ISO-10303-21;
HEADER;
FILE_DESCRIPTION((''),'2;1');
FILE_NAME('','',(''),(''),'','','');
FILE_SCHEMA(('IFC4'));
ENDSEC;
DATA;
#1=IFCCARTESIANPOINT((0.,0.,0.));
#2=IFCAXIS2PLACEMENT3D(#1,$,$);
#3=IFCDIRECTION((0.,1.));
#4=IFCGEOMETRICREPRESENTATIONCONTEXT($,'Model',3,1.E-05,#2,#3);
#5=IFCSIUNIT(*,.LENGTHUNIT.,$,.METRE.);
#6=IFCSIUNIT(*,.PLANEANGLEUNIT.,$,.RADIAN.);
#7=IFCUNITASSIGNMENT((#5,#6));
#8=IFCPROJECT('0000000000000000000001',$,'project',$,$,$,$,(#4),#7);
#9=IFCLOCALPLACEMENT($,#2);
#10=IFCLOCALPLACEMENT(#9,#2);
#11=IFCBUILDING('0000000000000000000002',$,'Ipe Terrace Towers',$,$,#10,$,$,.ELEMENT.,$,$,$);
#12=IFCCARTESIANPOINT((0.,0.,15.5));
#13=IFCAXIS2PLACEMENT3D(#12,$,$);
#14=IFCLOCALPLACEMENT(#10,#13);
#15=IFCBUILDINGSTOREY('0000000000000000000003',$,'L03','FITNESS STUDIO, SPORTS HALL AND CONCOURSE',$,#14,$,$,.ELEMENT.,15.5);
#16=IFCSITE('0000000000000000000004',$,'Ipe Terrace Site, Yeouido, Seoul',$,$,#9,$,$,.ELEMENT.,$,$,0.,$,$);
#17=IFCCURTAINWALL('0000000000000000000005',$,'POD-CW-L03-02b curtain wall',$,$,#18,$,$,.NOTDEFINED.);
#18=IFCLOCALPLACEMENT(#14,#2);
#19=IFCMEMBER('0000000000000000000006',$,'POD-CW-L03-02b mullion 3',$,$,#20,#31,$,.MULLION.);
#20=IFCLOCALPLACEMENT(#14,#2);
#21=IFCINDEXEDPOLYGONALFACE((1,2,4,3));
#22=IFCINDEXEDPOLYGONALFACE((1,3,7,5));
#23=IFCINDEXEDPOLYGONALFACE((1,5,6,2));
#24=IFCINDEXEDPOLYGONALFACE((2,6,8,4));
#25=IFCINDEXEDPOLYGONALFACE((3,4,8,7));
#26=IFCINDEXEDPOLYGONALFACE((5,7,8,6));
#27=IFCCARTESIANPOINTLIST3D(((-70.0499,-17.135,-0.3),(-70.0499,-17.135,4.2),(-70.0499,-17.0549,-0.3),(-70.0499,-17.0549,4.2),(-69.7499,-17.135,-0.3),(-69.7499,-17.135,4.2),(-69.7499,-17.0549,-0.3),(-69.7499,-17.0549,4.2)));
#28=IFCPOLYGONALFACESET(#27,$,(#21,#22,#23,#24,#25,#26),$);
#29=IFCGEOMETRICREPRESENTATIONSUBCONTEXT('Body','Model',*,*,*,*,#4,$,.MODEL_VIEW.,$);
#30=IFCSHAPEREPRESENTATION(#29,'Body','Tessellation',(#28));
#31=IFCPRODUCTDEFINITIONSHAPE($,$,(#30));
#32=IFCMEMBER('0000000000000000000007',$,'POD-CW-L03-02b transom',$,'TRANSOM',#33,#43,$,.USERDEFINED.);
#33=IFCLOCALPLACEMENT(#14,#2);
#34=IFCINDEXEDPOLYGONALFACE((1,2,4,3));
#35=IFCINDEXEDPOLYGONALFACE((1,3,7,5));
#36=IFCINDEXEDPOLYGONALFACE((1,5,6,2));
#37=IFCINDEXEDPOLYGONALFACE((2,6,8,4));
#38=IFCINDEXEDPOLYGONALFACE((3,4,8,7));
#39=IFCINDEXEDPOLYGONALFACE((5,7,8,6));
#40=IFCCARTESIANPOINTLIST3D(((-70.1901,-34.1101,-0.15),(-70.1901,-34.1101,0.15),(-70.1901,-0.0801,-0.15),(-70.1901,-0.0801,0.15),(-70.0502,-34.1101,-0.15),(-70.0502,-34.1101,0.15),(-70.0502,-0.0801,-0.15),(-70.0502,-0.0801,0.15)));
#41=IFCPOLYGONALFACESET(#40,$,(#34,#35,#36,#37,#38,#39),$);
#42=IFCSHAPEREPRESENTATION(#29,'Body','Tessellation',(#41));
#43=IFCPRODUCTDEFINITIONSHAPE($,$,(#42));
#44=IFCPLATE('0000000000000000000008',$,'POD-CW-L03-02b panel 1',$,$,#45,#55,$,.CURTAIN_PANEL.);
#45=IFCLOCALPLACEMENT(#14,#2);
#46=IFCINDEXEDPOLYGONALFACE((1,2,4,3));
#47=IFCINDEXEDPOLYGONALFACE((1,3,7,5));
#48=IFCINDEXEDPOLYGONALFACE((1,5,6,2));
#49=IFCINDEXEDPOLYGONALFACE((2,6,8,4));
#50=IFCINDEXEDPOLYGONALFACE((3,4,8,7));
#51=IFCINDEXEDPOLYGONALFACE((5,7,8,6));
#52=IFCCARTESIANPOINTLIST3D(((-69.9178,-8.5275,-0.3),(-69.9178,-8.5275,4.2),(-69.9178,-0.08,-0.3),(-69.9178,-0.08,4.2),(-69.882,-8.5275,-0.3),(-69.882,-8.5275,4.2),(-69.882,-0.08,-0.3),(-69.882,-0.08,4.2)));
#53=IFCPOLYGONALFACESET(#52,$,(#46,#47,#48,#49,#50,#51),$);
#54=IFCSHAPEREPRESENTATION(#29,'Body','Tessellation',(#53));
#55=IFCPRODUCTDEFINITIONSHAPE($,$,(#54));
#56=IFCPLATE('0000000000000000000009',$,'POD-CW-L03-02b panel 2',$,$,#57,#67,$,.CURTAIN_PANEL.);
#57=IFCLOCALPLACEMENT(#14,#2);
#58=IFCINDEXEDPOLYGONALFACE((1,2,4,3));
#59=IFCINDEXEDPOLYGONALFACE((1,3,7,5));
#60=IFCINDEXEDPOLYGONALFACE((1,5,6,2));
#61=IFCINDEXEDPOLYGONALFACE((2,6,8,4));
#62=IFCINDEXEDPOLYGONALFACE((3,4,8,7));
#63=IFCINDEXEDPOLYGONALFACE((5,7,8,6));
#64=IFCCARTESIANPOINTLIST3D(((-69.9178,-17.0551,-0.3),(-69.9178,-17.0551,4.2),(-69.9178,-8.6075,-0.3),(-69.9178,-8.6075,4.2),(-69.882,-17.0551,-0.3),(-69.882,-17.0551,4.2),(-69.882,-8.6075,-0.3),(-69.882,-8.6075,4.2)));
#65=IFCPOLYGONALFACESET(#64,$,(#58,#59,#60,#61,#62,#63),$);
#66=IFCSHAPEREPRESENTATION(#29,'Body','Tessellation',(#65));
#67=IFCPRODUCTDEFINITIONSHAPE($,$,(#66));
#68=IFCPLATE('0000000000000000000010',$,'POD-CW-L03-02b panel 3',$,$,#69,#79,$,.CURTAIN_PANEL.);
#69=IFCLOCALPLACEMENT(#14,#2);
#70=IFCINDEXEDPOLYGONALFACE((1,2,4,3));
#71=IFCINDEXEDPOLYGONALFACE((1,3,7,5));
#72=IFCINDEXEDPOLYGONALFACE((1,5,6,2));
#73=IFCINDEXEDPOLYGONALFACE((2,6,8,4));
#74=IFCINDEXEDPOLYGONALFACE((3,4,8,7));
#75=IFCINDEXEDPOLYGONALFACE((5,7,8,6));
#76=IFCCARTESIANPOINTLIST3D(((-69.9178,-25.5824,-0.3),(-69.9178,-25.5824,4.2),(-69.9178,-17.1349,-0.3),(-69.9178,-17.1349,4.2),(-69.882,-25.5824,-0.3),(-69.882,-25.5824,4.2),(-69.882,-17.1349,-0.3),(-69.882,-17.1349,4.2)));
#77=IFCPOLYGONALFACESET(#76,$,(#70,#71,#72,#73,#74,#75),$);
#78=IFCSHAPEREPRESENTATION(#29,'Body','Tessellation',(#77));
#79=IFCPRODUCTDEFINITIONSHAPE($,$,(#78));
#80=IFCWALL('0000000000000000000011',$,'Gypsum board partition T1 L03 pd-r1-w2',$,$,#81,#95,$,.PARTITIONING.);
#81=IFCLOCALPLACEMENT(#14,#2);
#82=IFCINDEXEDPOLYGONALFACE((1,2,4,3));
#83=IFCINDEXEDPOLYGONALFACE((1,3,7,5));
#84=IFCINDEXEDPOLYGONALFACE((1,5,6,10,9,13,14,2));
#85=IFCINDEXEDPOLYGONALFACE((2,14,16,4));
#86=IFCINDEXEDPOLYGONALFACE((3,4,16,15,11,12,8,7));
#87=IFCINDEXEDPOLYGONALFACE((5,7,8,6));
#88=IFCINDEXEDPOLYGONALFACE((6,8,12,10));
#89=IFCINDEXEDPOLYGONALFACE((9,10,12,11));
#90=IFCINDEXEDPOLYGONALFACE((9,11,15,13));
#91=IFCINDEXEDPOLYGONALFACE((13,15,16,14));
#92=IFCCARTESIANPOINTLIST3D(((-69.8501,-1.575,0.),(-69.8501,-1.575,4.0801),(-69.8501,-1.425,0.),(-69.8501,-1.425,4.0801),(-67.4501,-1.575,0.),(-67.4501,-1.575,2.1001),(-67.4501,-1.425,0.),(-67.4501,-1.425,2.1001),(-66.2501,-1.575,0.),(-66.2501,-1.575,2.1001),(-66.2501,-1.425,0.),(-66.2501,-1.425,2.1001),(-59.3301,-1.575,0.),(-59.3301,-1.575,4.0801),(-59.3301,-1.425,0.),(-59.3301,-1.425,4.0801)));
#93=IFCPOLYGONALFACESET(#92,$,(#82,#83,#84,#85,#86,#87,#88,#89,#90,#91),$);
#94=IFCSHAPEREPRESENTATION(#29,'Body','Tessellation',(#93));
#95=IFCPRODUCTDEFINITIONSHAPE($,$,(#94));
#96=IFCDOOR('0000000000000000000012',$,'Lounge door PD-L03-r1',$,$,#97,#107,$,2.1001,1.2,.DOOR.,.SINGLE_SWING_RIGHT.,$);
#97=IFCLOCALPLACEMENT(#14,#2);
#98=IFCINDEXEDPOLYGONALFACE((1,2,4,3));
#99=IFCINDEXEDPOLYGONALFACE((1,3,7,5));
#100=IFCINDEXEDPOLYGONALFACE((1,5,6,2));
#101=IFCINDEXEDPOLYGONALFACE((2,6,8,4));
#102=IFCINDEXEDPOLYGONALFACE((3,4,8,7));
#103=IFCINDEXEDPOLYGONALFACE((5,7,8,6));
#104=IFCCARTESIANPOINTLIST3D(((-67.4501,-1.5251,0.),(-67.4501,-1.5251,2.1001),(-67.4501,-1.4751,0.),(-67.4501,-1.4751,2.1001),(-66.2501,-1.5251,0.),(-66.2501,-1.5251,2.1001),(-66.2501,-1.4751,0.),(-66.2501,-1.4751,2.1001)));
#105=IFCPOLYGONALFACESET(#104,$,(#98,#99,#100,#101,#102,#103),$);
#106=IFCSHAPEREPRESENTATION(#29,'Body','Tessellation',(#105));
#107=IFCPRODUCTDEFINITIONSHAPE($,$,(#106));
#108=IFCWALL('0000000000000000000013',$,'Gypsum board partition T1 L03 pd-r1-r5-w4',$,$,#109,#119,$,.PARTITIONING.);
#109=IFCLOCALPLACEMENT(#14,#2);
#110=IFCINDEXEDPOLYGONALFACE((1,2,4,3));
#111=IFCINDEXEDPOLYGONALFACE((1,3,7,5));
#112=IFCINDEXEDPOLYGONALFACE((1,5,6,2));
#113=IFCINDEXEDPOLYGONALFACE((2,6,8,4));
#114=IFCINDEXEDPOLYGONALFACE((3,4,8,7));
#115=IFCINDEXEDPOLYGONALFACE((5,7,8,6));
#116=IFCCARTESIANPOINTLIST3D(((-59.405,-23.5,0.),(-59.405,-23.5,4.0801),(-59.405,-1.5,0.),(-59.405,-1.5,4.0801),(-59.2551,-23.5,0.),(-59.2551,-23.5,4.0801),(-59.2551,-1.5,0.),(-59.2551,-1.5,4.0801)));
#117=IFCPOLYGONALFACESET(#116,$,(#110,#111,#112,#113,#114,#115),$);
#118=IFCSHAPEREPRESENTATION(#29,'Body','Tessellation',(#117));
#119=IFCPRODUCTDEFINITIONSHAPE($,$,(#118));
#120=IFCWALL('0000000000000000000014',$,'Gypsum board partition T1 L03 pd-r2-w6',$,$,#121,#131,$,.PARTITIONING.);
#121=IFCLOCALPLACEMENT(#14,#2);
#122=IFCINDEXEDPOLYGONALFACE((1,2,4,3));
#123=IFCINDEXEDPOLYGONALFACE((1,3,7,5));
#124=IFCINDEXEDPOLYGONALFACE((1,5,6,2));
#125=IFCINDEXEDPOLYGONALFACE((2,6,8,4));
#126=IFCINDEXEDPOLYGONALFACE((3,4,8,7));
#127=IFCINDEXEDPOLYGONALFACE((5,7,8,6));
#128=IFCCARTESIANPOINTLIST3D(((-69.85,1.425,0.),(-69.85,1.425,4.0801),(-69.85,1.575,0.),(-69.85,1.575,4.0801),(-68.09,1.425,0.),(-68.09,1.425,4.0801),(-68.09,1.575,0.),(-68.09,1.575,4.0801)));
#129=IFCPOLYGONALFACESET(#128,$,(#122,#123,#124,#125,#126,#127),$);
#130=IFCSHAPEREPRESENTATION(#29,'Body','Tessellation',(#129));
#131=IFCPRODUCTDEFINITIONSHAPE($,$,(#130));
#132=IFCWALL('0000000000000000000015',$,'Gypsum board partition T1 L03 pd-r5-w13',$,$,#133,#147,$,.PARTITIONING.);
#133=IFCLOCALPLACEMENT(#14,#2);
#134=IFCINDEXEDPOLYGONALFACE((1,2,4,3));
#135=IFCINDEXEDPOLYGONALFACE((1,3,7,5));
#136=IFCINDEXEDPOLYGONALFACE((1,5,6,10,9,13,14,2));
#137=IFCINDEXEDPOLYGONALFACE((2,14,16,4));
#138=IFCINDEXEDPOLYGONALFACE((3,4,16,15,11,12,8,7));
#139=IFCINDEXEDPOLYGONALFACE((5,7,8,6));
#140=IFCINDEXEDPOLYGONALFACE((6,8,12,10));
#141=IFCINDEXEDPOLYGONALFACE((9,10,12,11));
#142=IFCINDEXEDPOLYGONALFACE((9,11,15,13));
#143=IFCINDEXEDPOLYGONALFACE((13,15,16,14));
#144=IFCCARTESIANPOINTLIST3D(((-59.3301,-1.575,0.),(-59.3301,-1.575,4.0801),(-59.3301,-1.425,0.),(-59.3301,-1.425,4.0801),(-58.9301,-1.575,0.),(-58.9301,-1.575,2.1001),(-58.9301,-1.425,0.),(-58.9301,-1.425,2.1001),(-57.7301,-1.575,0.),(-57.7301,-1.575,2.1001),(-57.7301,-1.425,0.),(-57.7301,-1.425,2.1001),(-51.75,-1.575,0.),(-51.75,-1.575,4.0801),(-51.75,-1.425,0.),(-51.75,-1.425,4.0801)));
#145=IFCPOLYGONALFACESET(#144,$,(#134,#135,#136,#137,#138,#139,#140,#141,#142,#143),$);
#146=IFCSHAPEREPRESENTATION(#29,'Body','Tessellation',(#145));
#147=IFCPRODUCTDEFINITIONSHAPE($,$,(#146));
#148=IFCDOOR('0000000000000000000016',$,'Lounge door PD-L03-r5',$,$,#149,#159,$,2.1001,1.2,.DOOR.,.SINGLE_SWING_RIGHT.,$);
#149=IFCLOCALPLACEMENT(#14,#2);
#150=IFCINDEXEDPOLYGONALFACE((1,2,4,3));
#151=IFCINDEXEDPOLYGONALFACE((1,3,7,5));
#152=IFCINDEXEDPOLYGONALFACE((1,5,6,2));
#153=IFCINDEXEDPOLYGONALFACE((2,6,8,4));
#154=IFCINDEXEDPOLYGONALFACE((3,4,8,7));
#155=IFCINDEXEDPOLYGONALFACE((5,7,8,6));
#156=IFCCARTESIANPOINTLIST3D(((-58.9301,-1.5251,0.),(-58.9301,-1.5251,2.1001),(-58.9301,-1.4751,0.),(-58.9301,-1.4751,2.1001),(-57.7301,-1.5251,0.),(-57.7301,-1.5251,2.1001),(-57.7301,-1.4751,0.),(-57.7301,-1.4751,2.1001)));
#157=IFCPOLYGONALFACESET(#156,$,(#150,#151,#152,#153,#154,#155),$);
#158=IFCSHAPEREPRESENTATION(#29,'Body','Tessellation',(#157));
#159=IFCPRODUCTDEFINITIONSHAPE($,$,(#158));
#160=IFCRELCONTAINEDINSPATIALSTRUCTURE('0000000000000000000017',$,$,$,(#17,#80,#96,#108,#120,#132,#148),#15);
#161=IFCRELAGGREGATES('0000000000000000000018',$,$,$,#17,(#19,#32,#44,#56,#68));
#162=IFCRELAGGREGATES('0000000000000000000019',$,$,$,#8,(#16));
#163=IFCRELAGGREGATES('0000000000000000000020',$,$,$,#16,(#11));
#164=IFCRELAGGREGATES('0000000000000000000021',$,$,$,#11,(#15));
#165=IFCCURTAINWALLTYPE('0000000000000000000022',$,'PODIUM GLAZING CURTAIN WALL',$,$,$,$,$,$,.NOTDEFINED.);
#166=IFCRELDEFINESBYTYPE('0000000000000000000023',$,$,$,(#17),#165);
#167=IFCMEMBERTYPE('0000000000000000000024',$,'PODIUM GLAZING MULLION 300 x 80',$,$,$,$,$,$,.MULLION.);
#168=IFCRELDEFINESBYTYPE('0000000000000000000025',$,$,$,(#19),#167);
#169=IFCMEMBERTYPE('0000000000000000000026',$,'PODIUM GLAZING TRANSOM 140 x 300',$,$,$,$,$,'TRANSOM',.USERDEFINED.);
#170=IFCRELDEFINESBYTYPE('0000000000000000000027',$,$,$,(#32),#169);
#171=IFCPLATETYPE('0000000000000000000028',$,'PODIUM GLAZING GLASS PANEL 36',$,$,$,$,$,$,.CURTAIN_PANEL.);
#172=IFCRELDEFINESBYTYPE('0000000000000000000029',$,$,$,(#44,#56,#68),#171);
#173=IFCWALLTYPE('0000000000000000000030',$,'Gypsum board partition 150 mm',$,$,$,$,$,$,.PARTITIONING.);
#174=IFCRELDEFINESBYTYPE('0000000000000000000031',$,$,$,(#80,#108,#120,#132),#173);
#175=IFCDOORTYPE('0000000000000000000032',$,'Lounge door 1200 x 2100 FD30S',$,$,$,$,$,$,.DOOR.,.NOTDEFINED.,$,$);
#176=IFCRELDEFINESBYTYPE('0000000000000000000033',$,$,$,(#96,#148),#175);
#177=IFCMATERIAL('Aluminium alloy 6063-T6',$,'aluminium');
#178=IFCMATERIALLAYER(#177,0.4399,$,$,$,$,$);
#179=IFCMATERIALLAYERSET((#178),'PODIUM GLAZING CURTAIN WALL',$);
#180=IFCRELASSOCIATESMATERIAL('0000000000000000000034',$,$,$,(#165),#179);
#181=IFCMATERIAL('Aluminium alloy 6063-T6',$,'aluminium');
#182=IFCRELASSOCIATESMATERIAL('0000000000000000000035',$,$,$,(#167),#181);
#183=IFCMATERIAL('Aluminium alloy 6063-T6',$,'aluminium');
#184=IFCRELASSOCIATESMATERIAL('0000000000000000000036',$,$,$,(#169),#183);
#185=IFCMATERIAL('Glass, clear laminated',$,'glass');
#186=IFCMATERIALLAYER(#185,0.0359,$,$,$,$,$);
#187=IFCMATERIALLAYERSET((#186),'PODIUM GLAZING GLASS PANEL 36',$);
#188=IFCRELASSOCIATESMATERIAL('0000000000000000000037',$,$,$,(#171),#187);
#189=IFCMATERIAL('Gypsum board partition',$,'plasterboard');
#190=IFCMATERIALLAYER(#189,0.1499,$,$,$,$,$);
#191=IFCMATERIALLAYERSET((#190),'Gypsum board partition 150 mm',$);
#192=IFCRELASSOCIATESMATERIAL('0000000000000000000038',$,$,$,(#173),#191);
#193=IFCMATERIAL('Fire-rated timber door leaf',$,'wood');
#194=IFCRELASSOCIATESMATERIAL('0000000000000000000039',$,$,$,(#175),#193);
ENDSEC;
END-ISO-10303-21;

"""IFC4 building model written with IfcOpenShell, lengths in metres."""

from ifc_helpers import new_model, si_unit, direction, frame, frame_2d, origin, origin_2d, place, context, subcontext, project, spatial, rectangle, extrude, material, layer, layer_set, material_profile, profile_set, type_object, element, fill, aggregate, save


model = new_model("IFC4")

# Units and contexts
model_context = context("Model", 3, precision=1e-05, world=origin(), true_north=direction((0.0, 1.0)))
body_context = subcontext(model_context, "Body", "Model", "MODEL_VIEW")
ifc_project = project(units=[si_unit("LENGTHUNIT", "METRE"), si_unit("PLANEANGLEUNIT", "RADIAN")], contexts=[model_context])

# Site, building, storey
site_placement = place(None, origin())
site = spatial("IfcSite", under=ifc_project, at=site_placement, Name="Ipe Terrace Site, Yeouido, Seoul", CompositionType="ELEMENT", RefElevation=0.0)
building_placement = place(site_placement, origin())
building = spatial("IfcBuilding", under=site, at=building_placement, Name="Ipe Terrace Towers", CompositionType="ELEMENT")
storey_placement = place(building_placement, frame((0.0, 0.0, 15.5)))
storey = spatial("IfcBuildingStorey", under=building, at=storey_placement, Name="L03", Description="FITNESS STUDIO, SPORTS HALL AND CONCOURSE", CompositionType="ELEMENT", Elevation=15.5)

# Shared definitions
ifc_material_1 = material(Name="Aluminium alloy 6063-T6", Category="aluminium")
ifc_layer_1 = layer(ifc_material_1, 0.4399)
ifc_layer_set_1 = layer_set([ifc_layer_1], Name="PODIUM GLAZING CURTAIN WALL")
curtain_wall_type = type_object("IfcCurtainWallType", Name="PODIUM GLAZING CURTAIN WALL", PredefinedType="NOTDEFINED", material=ifc_layer_set_1)
ifc_material_2 = material(Name="Aluminium alloy 6063-T6", Category="aluminium")
ifc_material_profile_1 = material_profile(ifc_material_2, rectangle(XDim=0.3, YDim=0.0801, at=origin_2d()), Name="PODIUM GLAZING MULLION 300 x 80")
ifc_profile_set_1 = profile_set([ifc_material_profile_1], Name="Aluminium alloy 6063-T6")
member_type_1 = type_object("IfcMemberType", Name="PODIUM GLAZING MULLION 300 x 80", PredefinedType="MULLION", material=ifc_profile_set_1)

# Curtain wall, members, plates
curtain_wall_1_placement = place(storey_placement, origin())
curtain_wall_1 = element("IfcCurtainWall", 1, at=curtain_wall_1_placement, inside=storey, type_object=curtain_wall_type, Name="POD-CW-L03-02b curtain wall", PredefinedType="NOTDEFINED")
member_1_placement = place(storey_placement, frame((-69.8999, -17.095, -0.3), z_axis=(0.0, 0.0, 1.0), x_axis=(-1.0, 0.0, 0.0)))
member_1 = element("IfcMember", 2, at=member_1_placement, type_object=member_type_1, Name="POD-CW-L03-02b mullion 3", PredefinedType="MULLION", context=body_context, shape_type="SweptSolid", body=[
    extrude(rectangle(XDim=0.3, YDim=0.0801, at=origin_2d()), origin(), (0.0, 0.0, 1.0), 4.5),
])
ifc_material_3 = material(Name="Aluminium alloy 6063-T6", Category="aluminium")
ifc_material_profile_2 = material_profile(ifc_material_3, rectangle(XDim=0.1399, YDim=0.3, at=origin_2d()), Name="PODIUM GLAZING TRANSOM 140 x 300")
ifc_profile_set_2 = profile_set([ifc_material_profile_2], Name="Aluminium alloy 6063-T6")
member_type_2 = type_object("IfcMemberType", Name="PODIUM GLAZING TRANSOM 140 x 300", ElementType="TRANSOM", PredefinedType="USERDEFINED", material=ifc_profile_set_2)
member_2_placement = place(storey_placement, frame((-70.1201, -0.0801, 0.0), z_axis=(0.0, -1.0, 0.0), x_axis=(-1.0, 0.0, 0.0)))
member_2 = element("IfcMember", 3, at=member_2_placement, type_object=member_type_2, Name="POD-CW-L03-02b transom", ObjectType="TRANSOM", PredefinedType="USERDEFINED", context=body_context, shape_type="SweptSolid", body=[
    extrude(rectangle(XDim=0.1399, YDim=0.3, at=origin_2d()), origin(), (0.0, 0.0, 1.0), 34.03),
])
ifc_material_4 = material(Name="Glass, clear laminated", Category="glass")
ifc_layer_2 = layer(ifc_material_4, 0.0359)
ifc_layer_set_2 = layer_set([ifc_layer_2], Name="PODIUM GLAZING GLASS PANEL 36")
plate_type = type_object("IfcPlateType", Name="PODIUM GLAZING GLASS PANEL 36", PredefinedType="CURTAIN_PANEL", material=ifc_layer_set_2)
plate_1_placement = place(storey_placement, frame((-69.8999, -4.3037, -0.3), z_axis=(0.0, 0.0, 1.0), x_axis=(0.0, -1.0, 0.0)))
plate_1 = element("IfcPlate", 4, at=plate_1_placement, type_object=plate_type, Name="POD-CW-L03-02b panel 1", PredefinedType="CURTAIN_PANEL", context=body_context, shape_type="SweptSolid", body=[
    extrude(rectangle(XDim=8.4475, YDim=0.0359, at=origin_2d()), origin(), (0.0, 0.0, 1.0), 4.5),
])
plate_2_placement = place(storey_placement, frame((-69.8999, -12.8313, -0.3), z_axis=(0.0, 0.0, 1.0), x_axis=(0.0, -1.0, 0.0)))
plate_2 = element("IfcPlate", 5, at=plate_2_placement, type_object=plate_type, Name="POD-CW-L03-02b panel 2", PredefinedType="CURTAIN_PANEL", context=body_context, shape_type="SweptSolid", body=[
    extrude(rectangle(XDim=8.4475, YDim=0.0359, at=origin_2d()), origin(), (0.0, 0.0, 1.0), 4.5),
])
plate_3_placement = place(storey_placement, frame((-69.8999, -21.3586, -0.3), z_axis=(0.0, 0.0, 1.0), x_axis=(0.0, -1.0, 0.0)))
plate_3 = element("IfcPlate", 6, at=plate_3_placement, type_object=plate_type, Name="POD-CW-L03-02b panel 3", PredefinedType="CURTAIN_PANEL", context=body_context, shape_type="SweptSolid", body=[
    extrude(rectangle(XDim=8.4475, YDim=0.0359, at=origin_2d()), origin(), (0.0, 0.0, 1.0), 4.5),
])
aggregate(curtain_wall_1, [member_1, member_2, plate_1, plate_2, plate_3])

# Wall, opening, door
ifc_material_5 = material(Name="Gypsum board partition", Category="plasterboard")
ifc_layer_3 = layer(ifc_material_5, 0.1499)
ifc_layer_set_3 = layer_set([ifc_layer_3], Name="Gypsum board partition 150 mm")
wall_type_1 = type_object("IfcWallType", Name="Gypsum board partition 150 mm", PredefinedType="PARTITIONING", material=ifc_layer_set_3)
wall_1_placement = place(storey_placement, frame((-69.8501, -1.5, 0.0), z_axis=(0.0, 0.0, 1.0), x_axis=(1.0, 0.0, 0.0)))
wall_1 = element("IfcWall", 7, at=wall_1_placement, inside=storey, type_object=wall_type_1, Name="Gypsum board partition T1 L03 pd-r1-w2", PredefinedType="PARTITIONING", context=body_context, shape_type="SweptSolid", body=[
    extrude(rectangle(XDim=10.52, YDim=0.1499, at=frame_2d((5.26, 0.0))), origin(), (0.0, 0.0, 1.0), 4.0801),
])
opening_1_placement = place(wall_1_placement, frame((2.3999, 0.0, 0.0)))
opening_1 = element("IfcOpeningElement", 8, at=opening_1_placement, cuts=wall_1, PredefinedType="OPENING", context=body_context, shape_type="SweptSolid", body=[
    extrude(rectangle(XDim=1.2, YDim=2.1001, at=frame_2d((0.6001, 1.05))), frame((0.0, 0.085, 0.0), z_axis=(0.0, -1.0, 0.0), x_axis=(1.0, 0.0, 0.0)), (0.0, 0.0, 1.0), 0.1699),
])
ifc_material_6 = material(Name="Fire-rated timber door leaf", Category="wood")
door_type_1 = type_object("IfcDoorType", Name="Lounge door 1200 x 2100 FD30S", OperationType="NOTDEFINED", PredefinedType="DOOR", material=ifc_material_6)
door_1_placement = place(opening_1_placement, origin())
door_1 = element("IfcDoor", 9, at=door_1_placement, inside=storey, type_object=door_type_1, Name="Lounge door PD-L03-r1", OperationType="SINGLE_SWING_RIGHT", OverallHeight=2.1001, OverallWidth=1.2, PredefinedType="DOOR", context=body_context, shape_type="SweptSolid", body=[
    extrude(rectangle(XDim=1.2, YDim=2.1001, at=frame_2d((0.6001, 1.05))), frame((0.0, 0.0249, 0.0), z_axis=(0.0, -1.0, 0.0), x_axis=(1.0, 0.0, 0.0)), (0.0, 0.0, 1.0), 0.05),
])
fill(opening_1, door_1)

# Walls
wall_2_placement = place(storey_placement, frame((-59.3301, -1.5, 0.0), z_axis=(0.0, 0.0, 1.0), x_axis=(0.0, -1.0, 0.0)))
element("IfcWall", 10, at=wall_2_placement, inside=storey, type_object=wall_type_1, Name="Gypsum board partition T1 L03 pd-r1-r5-w4", PredefinedType="PARTITIONING", context=body_context, shape_type="SweptSolid", body=[
    extrude(rectangle(XDim=22.0, YDim=0.1499, at=frame_2d((11.0, 0.0))), origin(), (0.0, 0.0, 1.0), 4.0801),
])
wall_3_placement = place(storey_placement, frame((-68.0901, 1.5, 0.0), z_axis=(0.0, 0.0, 1.0), x_axis=(-1.0, 0.0, 0.0)))
element("IfcWall", 11, at=wall_3_placement, inside=storey, type_object=wall_type_1, Name="Gypsum board partition T1 L03 pd-r2-w6", PredefinedType="PARTITIONING", context=body_context, shape_type="SweptSolid", body=[
    extrude(rectangle(XDim=1.76, YDim=0.1499, at=frame_2d((0.8799, 0.0))), origin(), (0.0, 0.0, 1.0), 4.0801),
])

# Wall, opening, door
wall_4_placement = place(storey_placement, frame((-59.3301, -1.5, 0.0), z_axis=(0.0, 0.0, 1.0), x_axis=(1.0, 0.0, 0.0)))
wall_4 = element("IfcWall", 12, at=wall_4_placement, inside=storey, type_object=wall_type_1, Name="Gypsum board partition T1 L03 pd-r5-w13", PredefinedType="PARTITIONING", context=body_context, shape_type="SweptSolid", body=[
    extrude(rectangle(XDim=7.5801, YDim=0.1499, at=frame_2d((3.79, 0.0))), origin(), (0.0, 0.0, 1.0), 4.0801),
])
opening_2_placement = place(wall_4_placement, frame((0.3999, 0.0, 0.0)))
opening_2 = element("IfcOpeningElement", 13, at=opening_2_placement, cuts=wall_4, PredefinedType="OPENING", context=body_context, shape_type="SweptSolid", body=[
    extrude(rectangle(XDim=1.2, YDim=2.1001, at=frame_2d((0.6001, 1.05))), frame((0.0, 0.085, 0.0), z_axis=(0.0, -1.0, 0.0), x_axis=(1.0, 0.0, 0.0)), (0.0, 0.0, 1.0), 0.1699),
])
door_2_placement = place(opening_2_placement, origin())
door_2 = element("IfcDoor", 14, at=door_2_placement, inside=storey, type_object=door_type_1, Name="Lounge door PD-L03-r5", OperationType="SINGLE_SWING_RIGHT", OverallHeight=2.1001, OverallWidth=1.2, PredefinedType="DOOR", context=body_context, shape_type="SweptSolid", body=[
    extrude(rectangle(XDim=1.2, YDim=2.1001, at=frame_2d((0.6001, 1.05))), frame((0.0, 0.0249, 0.0), z_axis=(0.0, -1.0, 0.0), x_axis=(1.0, 0.0, 0.0)), (0.0, 0.0, 1.0), 0.05),
])
fill(opening_2, door_2)

save(model, "model.ifc")
